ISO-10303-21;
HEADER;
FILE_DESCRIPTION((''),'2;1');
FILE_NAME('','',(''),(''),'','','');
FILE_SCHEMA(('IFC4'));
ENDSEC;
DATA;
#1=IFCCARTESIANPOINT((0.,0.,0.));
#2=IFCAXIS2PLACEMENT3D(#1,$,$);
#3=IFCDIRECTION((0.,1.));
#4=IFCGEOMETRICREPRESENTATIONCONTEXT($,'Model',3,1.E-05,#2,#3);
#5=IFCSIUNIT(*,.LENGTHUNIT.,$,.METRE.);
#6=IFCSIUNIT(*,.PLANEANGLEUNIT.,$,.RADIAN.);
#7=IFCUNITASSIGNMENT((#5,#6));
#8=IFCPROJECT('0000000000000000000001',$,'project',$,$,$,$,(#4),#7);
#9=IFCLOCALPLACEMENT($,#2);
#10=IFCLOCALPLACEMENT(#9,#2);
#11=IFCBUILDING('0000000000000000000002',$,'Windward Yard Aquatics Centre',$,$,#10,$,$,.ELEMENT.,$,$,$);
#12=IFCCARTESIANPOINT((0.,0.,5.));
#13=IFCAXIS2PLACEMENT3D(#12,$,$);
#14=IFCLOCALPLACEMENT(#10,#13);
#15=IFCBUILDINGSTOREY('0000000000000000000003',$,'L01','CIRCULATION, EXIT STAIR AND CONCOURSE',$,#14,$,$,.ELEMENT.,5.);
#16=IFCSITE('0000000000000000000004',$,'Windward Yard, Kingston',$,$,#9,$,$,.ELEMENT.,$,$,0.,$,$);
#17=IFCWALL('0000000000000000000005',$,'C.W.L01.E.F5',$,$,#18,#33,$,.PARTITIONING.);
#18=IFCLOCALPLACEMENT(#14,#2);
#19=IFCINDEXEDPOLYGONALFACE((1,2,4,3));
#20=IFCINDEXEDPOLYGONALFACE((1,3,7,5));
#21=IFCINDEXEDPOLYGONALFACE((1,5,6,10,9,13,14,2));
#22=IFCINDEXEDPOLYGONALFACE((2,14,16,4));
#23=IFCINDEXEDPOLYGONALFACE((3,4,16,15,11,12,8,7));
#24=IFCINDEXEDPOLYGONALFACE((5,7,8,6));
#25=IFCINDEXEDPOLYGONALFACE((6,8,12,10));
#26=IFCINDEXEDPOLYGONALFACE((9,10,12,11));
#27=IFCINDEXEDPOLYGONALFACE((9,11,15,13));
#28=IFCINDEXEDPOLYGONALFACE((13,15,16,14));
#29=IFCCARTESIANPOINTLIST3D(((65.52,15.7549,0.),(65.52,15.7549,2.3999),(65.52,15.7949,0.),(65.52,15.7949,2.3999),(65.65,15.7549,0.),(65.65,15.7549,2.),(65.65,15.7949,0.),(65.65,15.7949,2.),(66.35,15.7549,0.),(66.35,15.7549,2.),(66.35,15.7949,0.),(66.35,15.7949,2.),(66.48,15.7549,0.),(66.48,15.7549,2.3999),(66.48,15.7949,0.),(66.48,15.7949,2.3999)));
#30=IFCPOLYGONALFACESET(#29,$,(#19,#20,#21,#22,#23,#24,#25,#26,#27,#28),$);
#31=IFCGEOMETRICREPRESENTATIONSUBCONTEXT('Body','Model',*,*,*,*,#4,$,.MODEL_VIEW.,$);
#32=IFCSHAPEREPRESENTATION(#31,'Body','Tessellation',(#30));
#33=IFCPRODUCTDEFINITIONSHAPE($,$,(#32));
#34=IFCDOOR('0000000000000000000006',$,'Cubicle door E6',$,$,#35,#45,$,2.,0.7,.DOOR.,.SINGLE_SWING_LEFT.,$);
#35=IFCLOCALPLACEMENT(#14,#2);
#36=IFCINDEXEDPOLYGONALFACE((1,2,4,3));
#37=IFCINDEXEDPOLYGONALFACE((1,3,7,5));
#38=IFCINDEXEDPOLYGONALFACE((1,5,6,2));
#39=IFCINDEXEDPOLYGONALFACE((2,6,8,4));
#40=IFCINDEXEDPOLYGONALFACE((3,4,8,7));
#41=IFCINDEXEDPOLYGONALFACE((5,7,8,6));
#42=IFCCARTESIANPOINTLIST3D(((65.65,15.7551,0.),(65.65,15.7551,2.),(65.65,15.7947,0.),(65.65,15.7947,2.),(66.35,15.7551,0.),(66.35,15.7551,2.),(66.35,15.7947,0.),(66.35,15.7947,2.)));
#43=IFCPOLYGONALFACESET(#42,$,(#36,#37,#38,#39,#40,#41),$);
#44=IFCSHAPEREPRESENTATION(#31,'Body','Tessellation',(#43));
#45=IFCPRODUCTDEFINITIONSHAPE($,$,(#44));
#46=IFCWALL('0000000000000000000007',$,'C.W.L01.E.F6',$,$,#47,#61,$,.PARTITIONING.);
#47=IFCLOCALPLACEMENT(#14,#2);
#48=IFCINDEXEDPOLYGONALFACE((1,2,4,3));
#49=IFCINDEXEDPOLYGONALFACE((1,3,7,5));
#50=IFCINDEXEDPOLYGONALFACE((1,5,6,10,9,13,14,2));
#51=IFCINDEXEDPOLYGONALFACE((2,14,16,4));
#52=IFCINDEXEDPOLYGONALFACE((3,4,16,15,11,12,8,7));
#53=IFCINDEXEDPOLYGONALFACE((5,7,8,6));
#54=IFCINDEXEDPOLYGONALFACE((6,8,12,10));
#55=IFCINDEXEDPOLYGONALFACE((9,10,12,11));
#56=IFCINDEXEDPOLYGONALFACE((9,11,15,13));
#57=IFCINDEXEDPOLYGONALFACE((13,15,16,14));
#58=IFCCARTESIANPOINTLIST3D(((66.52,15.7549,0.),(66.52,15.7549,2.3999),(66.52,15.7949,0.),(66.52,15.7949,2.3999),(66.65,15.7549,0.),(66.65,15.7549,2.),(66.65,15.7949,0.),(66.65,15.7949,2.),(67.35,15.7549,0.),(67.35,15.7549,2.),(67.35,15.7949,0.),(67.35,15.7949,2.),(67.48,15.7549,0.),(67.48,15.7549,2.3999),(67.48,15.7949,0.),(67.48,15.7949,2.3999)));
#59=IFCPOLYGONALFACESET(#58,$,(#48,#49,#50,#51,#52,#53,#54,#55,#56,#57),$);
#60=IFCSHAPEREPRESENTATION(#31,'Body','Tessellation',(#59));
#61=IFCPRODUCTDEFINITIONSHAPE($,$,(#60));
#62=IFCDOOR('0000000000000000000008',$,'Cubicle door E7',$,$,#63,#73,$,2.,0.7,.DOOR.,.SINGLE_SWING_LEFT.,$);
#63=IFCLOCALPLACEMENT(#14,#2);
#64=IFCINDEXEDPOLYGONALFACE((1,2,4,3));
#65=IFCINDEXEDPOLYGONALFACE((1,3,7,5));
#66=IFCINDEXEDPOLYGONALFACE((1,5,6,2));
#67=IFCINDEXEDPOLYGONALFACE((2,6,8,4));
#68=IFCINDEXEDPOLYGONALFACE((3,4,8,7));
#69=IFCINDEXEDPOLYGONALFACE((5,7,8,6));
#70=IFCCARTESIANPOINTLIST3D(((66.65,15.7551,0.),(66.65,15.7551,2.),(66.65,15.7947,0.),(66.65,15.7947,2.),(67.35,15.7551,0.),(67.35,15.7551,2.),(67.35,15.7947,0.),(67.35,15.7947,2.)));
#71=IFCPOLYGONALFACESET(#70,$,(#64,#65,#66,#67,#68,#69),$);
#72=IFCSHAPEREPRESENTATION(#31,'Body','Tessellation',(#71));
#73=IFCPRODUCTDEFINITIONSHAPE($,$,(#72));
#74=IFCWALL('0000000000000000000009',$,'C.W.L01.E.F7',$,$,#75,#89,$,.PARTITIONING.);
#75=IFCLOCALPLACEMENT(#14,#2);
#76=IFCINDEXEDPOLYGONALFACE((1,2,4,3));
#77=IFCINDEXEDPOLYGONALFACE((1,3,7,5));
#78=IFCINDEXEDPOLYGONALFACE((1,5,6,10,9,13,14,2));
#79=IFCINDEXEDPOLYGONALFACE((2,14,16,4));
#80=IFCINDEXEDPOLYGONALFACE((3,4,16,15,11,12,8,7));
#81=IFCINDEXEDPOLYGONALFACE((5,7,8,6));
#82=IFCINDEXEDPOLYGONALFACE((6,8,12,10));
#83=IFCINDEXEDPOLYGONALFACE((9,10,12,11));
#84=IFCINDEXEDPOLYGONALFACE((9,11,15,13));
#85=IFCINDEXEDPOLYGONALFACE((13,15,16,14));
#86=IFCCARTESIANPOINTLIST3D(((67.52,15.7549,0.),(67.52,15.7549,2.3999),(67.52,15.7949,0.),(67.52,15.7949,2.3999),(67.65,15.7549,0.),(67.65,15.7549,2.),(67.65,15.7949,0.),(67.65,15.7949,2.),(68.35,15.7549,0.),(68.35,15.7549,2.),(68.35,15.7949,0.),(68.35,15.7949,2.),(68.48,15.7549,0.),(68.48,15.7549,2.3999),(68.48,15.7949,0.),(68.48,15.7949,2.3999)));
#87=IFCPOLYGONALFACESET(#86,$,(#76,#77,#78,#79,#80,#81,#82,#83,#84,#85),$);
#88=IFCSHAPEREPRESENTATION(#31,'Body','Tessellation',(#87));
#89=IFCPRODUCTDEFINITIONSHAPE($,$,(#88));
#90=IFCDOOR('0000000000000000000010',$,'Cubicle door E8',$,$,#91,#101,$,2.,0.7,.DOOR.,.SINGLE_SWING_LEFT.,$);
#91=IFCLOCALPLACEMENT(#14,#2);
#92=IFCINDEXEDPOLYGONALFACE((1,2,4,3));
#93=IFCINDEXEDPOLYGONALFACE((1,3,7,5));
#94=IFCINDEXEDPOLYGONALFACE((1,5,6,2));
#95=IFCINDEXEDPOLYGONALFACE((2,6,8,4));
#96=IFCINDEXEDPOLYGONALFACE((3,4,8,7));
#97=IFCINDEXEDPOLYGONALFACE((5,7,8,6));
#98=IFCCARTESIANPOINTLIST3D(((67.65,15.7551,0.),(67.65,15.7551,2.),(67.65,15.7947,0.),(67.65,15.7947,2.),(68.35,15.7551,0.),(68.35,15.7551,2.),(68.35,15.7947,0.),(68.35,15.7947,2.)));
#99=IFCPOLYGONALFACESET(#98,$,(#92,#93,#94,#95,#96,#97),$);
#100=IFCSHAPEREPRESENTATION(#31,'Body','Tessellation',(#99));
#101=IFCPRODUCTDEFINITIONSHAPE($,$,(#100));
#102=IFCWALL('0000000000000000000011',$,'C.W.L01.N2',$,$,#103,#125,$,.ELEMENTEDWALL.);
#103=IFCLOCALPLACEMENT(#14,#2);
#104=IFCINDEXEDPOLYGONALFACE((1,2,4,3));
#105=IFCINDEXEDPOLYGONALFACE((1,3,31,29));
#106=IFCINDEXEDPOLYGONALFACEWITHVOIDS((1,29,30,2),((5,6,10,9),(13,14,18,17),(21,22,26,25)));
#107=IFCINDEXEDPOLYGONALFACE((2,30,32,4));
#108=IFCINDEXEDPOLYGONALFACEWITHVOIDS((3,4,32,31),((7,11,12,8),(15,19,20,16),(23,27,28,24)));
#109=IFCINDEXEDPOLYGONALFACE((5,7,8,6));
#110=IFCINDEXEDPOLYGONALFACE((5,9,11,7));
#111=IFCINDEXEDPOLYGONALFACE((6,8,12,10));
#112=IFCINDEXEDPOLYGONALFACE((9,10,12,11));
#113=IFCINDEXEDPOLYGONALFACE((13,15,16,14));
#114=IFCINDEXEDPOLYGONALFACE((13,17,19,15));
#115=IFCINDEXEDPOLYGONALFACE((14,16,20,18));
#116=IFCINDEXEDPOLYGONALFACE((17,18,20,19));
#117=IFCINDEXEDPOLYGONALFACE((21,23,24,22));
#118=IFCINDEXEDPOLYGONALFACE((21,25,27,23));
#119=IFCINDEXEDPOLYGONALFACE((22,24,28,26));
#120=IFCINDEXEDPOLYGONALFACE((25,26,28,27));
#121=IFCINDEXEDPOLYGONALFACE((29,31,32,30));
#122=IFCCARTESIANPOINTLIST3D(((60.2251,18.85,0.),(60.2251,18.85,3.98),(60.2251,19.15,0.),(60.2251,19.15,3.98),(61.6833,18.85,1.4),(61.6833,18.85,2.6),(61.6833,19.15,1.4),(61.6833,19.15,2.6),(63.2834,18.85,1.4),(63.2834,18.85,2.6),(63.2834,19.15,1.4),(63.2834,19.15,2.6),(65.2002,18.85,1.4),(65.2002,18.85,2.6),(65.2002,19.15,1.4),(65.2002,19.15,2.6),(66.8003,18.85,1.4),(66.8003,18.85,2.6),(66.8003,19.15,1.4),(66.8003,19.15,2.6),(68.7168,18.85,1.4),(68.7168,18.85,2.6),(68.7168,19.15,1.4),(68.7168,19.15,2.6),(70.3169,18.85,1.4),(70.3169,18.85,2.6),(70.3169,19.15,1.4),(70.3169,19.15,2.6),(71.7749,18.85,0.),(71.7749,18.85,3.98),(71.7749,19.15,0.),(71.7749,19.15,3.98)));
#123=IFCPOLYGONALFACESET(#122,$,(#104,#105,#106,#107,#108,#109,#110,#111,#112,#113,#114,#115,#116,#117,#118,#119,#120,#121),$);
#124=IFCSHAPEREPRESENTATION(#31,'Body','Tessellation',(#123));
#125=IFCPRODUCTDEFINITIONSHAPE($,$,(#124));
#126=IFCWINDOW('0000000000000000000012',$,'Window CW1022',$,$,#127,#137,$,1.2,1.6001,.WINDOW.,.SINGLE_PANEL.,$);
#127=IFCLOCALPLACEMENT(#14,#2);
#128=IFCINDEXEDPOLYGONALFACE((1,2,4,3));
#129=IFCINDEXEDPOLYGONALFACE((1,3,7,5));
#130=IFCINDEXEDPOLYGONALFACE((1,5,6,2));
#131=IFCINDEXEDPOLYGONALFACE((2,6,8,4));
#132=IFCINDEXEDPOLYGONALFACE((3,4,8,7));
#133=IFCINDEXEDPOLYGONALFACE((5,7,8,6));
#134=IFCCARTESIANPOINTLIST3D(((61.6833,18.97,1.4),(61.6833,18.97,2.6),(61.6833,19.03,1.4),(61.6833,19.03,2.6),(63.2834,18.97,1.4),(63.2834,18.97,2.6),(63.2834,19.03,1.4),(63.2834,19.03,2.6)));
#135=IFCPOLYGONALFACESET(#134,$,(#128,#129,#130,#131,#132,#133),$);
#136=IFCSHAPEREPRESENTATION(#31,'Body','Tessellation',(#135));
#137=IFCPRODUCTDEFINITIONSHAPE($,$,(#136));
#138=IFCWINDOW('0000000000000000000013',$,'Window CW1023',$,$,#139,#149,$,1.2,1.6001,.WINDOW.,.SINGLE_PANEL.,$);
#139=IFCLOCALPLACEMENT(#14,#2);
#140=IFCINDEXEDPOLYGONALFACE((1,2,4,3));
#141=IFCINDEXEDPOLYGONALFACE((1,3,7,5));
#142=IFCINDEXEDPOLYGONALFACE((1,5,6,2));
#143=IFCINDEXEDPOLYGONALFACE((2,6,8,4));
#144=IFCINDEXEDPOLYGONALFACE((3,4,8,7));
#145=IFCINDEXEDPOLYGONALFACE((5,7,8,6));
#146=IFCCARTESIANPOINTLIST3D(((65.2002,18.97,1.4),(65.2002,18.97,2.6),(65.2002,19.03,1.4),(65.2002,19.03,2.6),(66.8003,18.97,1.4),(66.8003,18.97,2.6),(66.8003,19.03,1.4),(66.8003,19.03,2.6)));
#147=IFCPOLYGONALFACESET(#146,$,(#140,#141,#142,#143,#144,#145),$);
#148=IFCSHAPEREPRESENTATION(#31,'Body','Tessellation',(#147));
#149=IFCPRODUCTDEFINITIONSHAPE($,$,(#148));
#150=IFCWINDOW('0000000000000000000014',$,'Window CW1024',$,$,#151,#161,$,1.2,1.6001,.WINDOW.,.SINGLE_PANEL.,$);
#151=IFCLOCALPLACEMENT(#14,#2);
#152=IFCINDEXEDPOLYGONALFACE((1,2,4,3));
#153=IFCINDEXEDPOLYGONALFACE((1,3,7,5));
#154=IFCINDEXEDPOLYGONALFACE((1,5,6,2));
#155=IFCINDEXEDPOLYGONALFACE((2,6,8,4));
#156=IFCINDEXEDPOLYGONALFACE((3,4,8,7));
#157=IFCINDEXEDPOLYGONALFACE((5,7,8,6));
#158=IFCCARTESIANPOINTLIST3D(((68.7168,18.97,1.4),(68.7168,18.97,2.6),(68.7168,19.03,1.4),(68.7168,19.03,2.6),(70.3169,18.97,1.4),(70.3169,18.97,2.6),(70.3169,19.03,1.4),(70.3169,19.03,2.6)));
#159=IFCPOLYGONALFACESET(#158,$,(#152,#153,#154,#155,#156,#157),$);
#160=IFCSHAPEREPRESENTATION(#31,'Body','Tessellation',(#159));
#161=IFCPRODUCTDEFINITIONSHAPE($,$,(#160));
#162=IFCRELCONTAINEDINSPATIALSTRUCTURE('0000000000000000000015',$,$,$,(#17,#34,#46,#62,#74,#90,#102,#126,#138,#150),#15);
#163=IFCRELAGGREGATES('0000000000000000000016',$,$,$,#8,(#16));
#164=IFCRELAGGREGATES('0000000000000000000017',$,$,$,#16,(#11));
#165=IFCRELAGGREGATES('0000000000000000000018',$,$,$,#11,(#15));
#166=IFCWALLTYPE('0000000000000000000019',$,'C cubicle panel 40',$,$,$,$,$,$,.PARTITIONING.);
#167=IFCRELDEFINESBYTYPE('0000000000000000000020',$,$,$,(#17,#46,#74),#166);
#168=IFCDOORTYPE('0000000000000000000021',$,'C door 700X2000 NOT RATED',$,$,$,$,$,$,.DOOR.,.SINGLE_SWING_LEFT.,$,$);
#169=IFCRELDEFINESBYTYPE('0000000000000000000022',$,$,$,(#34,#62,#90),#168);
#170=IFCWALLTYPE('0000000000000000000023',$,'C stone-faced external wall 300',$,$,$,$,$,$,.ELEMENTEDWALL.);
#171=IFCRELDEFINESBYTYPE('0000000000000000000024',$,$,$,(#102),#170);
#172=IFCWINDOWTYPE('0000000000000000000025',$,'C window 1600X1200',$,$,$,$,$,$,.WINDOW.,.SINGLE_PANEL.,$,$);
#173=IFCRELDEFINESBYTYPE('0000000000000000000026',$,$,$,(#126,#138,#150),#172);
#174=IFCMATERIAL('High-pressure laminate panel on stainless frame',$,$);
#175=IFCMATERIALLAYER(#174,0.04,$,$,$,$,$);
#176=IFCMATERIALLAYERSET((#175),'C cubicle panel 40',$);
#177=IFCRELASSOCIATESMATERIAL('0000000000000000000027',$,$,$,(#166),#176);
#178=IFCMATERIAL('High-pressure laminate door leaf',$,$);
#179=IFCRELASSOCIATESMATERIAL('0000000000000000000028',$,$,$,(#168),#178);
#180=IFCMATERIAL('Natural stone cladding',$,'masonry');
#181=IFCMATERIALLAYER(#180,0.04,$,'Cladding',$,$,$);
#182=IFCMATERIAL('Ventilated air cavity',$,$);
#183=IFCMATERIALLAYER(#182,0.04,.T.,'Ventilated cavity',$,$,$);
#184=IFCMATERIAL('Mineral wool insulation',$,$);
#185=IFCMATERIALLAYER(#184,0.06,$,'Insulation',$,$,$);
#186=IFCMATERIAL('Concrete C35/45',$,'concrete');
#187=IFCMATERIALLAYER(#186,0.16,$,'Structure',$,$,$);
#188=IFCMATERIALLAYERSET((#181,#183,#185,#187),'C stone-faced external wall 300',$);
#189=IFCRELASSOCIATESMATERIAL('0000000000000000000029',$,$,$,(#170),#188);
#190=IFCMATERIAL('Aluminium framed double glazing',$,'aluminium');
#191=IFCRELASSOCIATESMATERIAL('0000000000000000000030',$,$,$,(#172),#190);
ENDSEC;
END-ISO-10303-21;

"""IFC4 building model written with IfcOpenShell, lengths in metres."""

from ifc_helpers import new_model, si_unit, direction, frame, frame_2d, origin, place, context, subcontext, project, spatial, rectangle, extrude, material, layer, layer_set, type_object, element, fill, save


model = new_model("IFC4")

# Units and contexts
model_context = context("Model", 3, precision=1e-05, world=origin(), true_north=direction((0.0, 1.0)))
body_context = subcontext(model_context, "Body", "Model", "MODEL_VIEW")
ifc_project = project(units=[si_unit("LENGTHUNIT", "METRE"), si_unit("PLANEANGLEUNIT", "RADIAN")], contexts=[model_context])

# Site, building, storey
site_placement = place(None, origin())
site = spatial("IfcSite", under=ifc_project, at=site_placement, Name="Windward Yard, Kingston", CompositionType="ELEMENT", RefElevation=0.0)
building_placement = place(site_placement, origin())
building = spatial("IfcBuilding", under=site, at=building_placement, Name="Windward Yard Aquatics Centre", CompositionType="ELEMENT")
storey_placement = place(building_placement, frame((0.0, 0.0, 5.0)))
storey = spatial("IfcBuildingStorey", under=building, at=storey_placement, Name="L01", Description="CIRCULATION, EXIT STAIR AND CONCOURSE", CompositionType="ELEMENT", Elevation=5.0)

# Shared definitions
ifc_material_1 = material(Name="Concrete C35/45", Category="concrete")

# Walls, openings, doors
ifc_material_2 = material(Name="High-pressure laminate panel on stainless frame")
ifc_layer_1 = layer(ifc_material_2, 0.04)
ifc_layer_set_1 = layer_set([ifc_layer_1], Name="C cubicle panel 40")
wall_type_1 = type_object("IfcWallType", Name="C cubicle panel 40", PredefinedType="PARTITIONING", material=ifc_layer_set_1)
ifc_material_3 = material(Name="High-pressure laminate door leaf")
door_type = type_object("IfcDoorType", Name="C door 700X2000 NOT RATED", OperationType="SINGLE_SWING_LEFT", PredefinedType="DOOR", material=ifc_material_3)
wall_1_placement = place(storey_placement, frame((65.52, 15.7749, 0.0), z_axis=(0.0, 0.0, 1.0), x_axis=(1.0, 0.0, 0.0)))
wall_1 = element("IfcWall", 1, at=wall_1_placement, inside=storey, type_object=wall_type_1, Name="C.W.L01.E.F5", PredefinedType="PARTITIONING", context=body_context, shape_type="SweptSolid", body=[
    extrude(rectangle(XDim=0.96, YDim=0.04, at=frame_2d((0.48, 0.0))), origin(), (0.0, 0.0, 1.0), 2.3999),
])
opening_1_placement = place(wall_1_placement, frame((0.1299, 0.0, 0.0)))
opening_1 = element("IfcOpeningElement", 2, at=opening_1_placement, cuts=wall_1, PredefinedType="OPENING", context=body_context, shape_type="SweptSolid", body=[
    extrude(rectangle(XDim=0.7, YDim=2.0, at=frame_2d((0.3501, 1.0))), frame((0.0, 0.03, 0.0), z_axis=(0.0, -1.0, 0.0), x_axis=(1.0, 0.0, 0.0)), (0.0, 0.0, 1.0), 0.0601),
])
door_1_placement = place(opening_1_placement, origin())
door_1 = element("IfcDoor", 3, at=door_1_placement, inside=storey, type_object=door_type, Name="Cubicle door E6", OperationType="SINGLE_SWING_LEFT", OverallHeight=2.0, OverallWidth=0.7, PredefinedType="DOOR", context=body_context, shape_type="SweptSolid", body=[
    extrude(rectangle(XDim=0.7, YDim=2.0, at=frame_2d((0.3501, 1.0))), frame((0.0, 0.0198, 0.0), z_axis=(0.0, -1.0, 0.0), x_axis=(1.0, 0.0, 0.0)), (0.0, 0.0, 1.0), 0.0396),
])
fill(opening_1, door_1)
wall_2_placement = place(storey_placement, frame((66.52, 15.7749, 0.0), z_axis=(0.0, 0.0, 1.0), x_axis=(1.0, 0.0, 0.0)))
wall_2 = element("IfcWall", 4, at=wall_2_placement, inside=storey, type_object=wall_type_1, Name="C.W.L01.E.F6", PredefinedType="PARTITIONING", context=body_context, shape_type="SweptSolid", body=[
    extrude(rectangle(XDim=0.96, YDim=0.04, at=frame_2d((0.48, 0.0))), origin(), (0.0, 0.0, 1.0), 2.3999),
])
opening_2_placement = place(wall_2_placement, frame((0.1299, 0.0, 0.0)))
opening_2 = element("IfcOpeningElement", 5, at=opening_2_placement, cuts=wall_2, PredefinedType="OPENING", context=body_context, shape_type="SweptSolid", body=[
    extrude(rectangle(XDim=0.7, YDim=2.0, at=frame_2d((0.3501, 1.0))), frame((0.0, 0.03, 0.0), z_axis=(0.0, -1.0, 0.0), x_axis=(1.0, 0.0, 0.0)), (0.0, 0.0, 1.0), 0.0601),
])
door_2_placement = place(opening_2_placement, origin())
door_2 = element("IfcDoor", 6, at=door_2_placement, inside=storey, type_object=door_type, Name="Cubicle door E7", OperationType="SINGLE_SWING_LEFT", OverallHeight=2.0, OverallWidth=0.7, PredefinedType="DOOR", context=body_context, shape_type="SweptSolid", body=[
    extrude(rectangle(XDim=0.7, YDim=2.0, at=frame_2d((0.3501, 1.0))), frame((0.0, 0.0198, 0.0), z_axis=(0.0, -1.0, 0.0), x_axis=(1.0, 0.0, 0.0)), (0.0, 0.0, 1.0), 0.0396),
])
fill(opening_2, door_2)
wall_3_placement = place(storey_placement, frame((67.52, 15.7749, 0.0), z_axis=(0.0, 0.0, 1.0), x_axis=(1.0, 0.0, 0.0)))
wall_3 = element("IfcWall", 7, at=wall_3_placement, inside=storey, type_object=wall_type_1, Name="C.W.L01.E.F7", PredefinedType="PARTITIONING", context=body_context, shape_type="SweptSolid", body=[
    extrude(rectangle(XDim=0.96, YDim=0.04, at=frame_2d((0.48, 0.0))), origin(), (0.0, 0.0, 1.0), 2.3999),
])
opening_3_placement = place(wall_3_placement, frame((0.1299, 0.0, 0.0)))
opening_3 = element("IfcOpeningElement", 8, at=opening_3_placement, cuts=wall_3, PredefinedType="OPENING", context=body_context, shape_type="SweptSolid", body=[
    extrude(rectangle(XDim=0.7, YDim=2.0, at=frame_2d((0.3501, 1.0))), frame((0.0, 0.03, 0.0), z_axis=(0.0, -1.0, 0.0), x_axis=(1.0, 0.0, 0.0)), (0.0, 0.0, 1.0), 0.0601),
])
door_3_placement = place(opening_3_placement, origin())
door_3 = element("IfcDoor", 9, at=door_3_placement, inside=storey, type_object=door_type, Name="Cubicle door E8", OperationType="SINGLE_SWING_LEFT", OverallHeight=2.0, OverallWidth=0.7, PredefinedType="DOOR", context=body_context, shape_type="SweptSolid", body=[
    extrude(rectangle(XDim=0.7, YDim=2.0, at=frame_2d((0.3501, 1.0))), frame((0.0, 0.0198, 0.0), z_axis=(0.0, -1.0, 0.0), x_axis=(1.0, 0.0, 0.0)), (0.0, 0.0, 1.0), 0.0396),
])
fill(opening_3, door_3)

# Wall, openings, windows
ifc_material_4 = material(Name="Natural stone cladding", Category="masonry")
ifc_layer_2 = layer(ifc_material_4, 0.04, Name="Cladding")
ifc_material_5 = material(Name="Ventilated air cavity")
ifc_layer_3 = layer(ifc_material_5, 0.04, ventilated=True, Name="Ventilated cavity")
ifc_material_6 = material(Name="Mineral wool insulation")
ifc_layer_4 = layer(ifc_material_6, 0.06, Name="Insulation")
ifc_layer_5 = layer(ifc_material_1, 0.16, Name="Structure")
ifc_layer_set_2 = layer_set([ifc_layer_2, ifc_layer_3, ifc_layer_4, ifc_layer_5], Name="C stone-faced external wall 300")
wall_type_2 = type_object("IfcWallType", Name="C stone-faced external wall 300", PredefinedType="ELEMENTEDWALL", material=ifc_layer_set_2)
wall_4_placement = place(storey_placement, frame((60.2251, 19.0, 0.0), z_axis=(0.0, 0.0, 1.0), x_axis=(1.0, 0.0, 0.0)))
wall_4 = element("IfcWall", 10, at=wall_4_placement, inside=storey, type_object=wall_type_2, Name="C.W.L01.N2", PredefinedType="ELEMENTEDWALL", context=body_context, shape_type="SweptSolid", body=[
    extrude(rectangle(XDim=11.5498, YDim=0.3, at=frame_2d((5.7749, 0.0))), origin(), (0.0, 0.0, 1.0), 3.98),
])
opening_4_placement = place(wall_4_placement, frame((1.4583, 0.0, 1.3999)))
opening_4 = element("IfcOpeningElement", 11, at=opening_4_placement, cuts=wall_4, PredefinedType="OPENING", context=body_context, shape_type="SweptSolid", body=[
    extrude(rectangle(XDim=1.6001, YDim=1.2, at=frame_2d((0.8, 0.6001))), frame((0.0, 0.1602, 0.0), z_axis=(0.0, -1.0, 0.0), x_axis=(1.0, 0.0, 0.0)), (0.0, 0.0, 1.0), 0.3201),
])
opening_5_placement = place(wall_4_placement, frame((4.9751, 0.0, 1.3999)))
opening_5 = element("IfcOpeningElement", 12, at=opening_5_placement, cuts=wall_4, PredefinedType="OPENING", context=body_context, shape_type="SweptSolid", body=[
    extrude(rectangle(XDim=1.6001, YDim=1.2, at=frame_2d((0.8, 0.6001))), frame((0.0, 0.1602, 0.0), z_axis=(0.0, -1.0, 0.0), x_axis=(1.0, 0.0, 0.0)), (0.0, 0.0, 1.0), 0.3201),
])
opening_6_placement = place(wall_4_placement, frame((8.4917, 0.0, 1.3999)))
opening_6 = element("IfcOpeningElement", 13, at=opening_6_placement, cuts=wall_4, PredefinedType="OPENING", context=body_context, shape_type="SweptSolid", body=[
    extrude(rectangle(XDim=1.6001, YDim=1.2, at=frame_2d((0.8, 0.6001))), frame((0.0, 0.1602, 0.0), z_axis=(0.0, -1.0, 0.0), x_axis=(1.0, 0.0, 0.0)), (0.0, 0.0, 1.0), 0.3201),
])
ifc_material_7 = material(Name="Aluminium framed double glazing", Category="aluminium")
window_type = type_object("IfcWindowType", Name="C window 1600X1200", PartitioningType="SINGLE_PANEL", PredefinedType="WINDOW", material=ifc_material_7)
window_1_placement = place(opening_4_placement, origin())
window_1 = element("IfcWindow", 14, at=window_1_placement, inside=storey, type_object=window_type, Name="Window CW1022", OverallHeight=1.2, OverallWidth=1.6001, PartitioningType="SINGLE_PANEL", PredefinedType="WINDOW", context=body_context, shape_type="SweptSolid", body=[
    extrude(rectangle(XDim=1.6001, YDim=1.2, at=frame_2d((0.8, 0.6001))), frame((0.0, 0.03, 0.0), z_axis=(0.0, -1.0, 0.0), x_axis=(1.0, 0.0, 0.0)), (0.0, 0.0, 1.0), 0.0601),
])
fill(opening_4, window_1)
window_2_placement = place(opening_5_placement, origin())
window_2 = element("IfcWindow", 15, at=window_2_placement, inside=storey, type_object=window_type, Name="Window CW1023", OverallHeight=1.2, OverallWidth=1.6001, PartitioningType="SINGLE_PANEL", PredefinedType="WINDOW", context=body_context, shape_type="SweptSolid", body=[
    extrude(rectangle(XDim=1.6001, YDim=1.2, at=frame_2d((0.8, 0.6001))), frame((0.0, 0.03, 0.0), z_axis=(0.0, -1.0, 0.0), x_axis=(1.0, 0.0, 0.0)), (0.0, 0.0, 1.0), 0.0601),
])
fill(opening_5, window_2)
window_3_placement = place(opening_6_placement, origin())
window_3 = element("IfcWindow", 16, at=window_3_placement, inside=storey, type_object=window_type, Name="Window CW1024", OverallHeight=1.2, OverallWidth=1.6001, PartitioningType="SINGLE_PANEL", PredefinedType="WINDOW", context=body_context, shape_type="SweptSolid", body=[
    extrude(rectangle(XDim=1.6001, YDim=1.2, at=frame_2d((0.8, 0.6001))), frame((0.0, 0.03, 0.0), z_axis=(0.0, -1.0, 0.0), x_axis=(1.0, 0.0, 0.0)), (0.0, 0.0, 1.0), 0.0601),
])
fill(opening_6, window_3)

save(model, "model.ifc")
